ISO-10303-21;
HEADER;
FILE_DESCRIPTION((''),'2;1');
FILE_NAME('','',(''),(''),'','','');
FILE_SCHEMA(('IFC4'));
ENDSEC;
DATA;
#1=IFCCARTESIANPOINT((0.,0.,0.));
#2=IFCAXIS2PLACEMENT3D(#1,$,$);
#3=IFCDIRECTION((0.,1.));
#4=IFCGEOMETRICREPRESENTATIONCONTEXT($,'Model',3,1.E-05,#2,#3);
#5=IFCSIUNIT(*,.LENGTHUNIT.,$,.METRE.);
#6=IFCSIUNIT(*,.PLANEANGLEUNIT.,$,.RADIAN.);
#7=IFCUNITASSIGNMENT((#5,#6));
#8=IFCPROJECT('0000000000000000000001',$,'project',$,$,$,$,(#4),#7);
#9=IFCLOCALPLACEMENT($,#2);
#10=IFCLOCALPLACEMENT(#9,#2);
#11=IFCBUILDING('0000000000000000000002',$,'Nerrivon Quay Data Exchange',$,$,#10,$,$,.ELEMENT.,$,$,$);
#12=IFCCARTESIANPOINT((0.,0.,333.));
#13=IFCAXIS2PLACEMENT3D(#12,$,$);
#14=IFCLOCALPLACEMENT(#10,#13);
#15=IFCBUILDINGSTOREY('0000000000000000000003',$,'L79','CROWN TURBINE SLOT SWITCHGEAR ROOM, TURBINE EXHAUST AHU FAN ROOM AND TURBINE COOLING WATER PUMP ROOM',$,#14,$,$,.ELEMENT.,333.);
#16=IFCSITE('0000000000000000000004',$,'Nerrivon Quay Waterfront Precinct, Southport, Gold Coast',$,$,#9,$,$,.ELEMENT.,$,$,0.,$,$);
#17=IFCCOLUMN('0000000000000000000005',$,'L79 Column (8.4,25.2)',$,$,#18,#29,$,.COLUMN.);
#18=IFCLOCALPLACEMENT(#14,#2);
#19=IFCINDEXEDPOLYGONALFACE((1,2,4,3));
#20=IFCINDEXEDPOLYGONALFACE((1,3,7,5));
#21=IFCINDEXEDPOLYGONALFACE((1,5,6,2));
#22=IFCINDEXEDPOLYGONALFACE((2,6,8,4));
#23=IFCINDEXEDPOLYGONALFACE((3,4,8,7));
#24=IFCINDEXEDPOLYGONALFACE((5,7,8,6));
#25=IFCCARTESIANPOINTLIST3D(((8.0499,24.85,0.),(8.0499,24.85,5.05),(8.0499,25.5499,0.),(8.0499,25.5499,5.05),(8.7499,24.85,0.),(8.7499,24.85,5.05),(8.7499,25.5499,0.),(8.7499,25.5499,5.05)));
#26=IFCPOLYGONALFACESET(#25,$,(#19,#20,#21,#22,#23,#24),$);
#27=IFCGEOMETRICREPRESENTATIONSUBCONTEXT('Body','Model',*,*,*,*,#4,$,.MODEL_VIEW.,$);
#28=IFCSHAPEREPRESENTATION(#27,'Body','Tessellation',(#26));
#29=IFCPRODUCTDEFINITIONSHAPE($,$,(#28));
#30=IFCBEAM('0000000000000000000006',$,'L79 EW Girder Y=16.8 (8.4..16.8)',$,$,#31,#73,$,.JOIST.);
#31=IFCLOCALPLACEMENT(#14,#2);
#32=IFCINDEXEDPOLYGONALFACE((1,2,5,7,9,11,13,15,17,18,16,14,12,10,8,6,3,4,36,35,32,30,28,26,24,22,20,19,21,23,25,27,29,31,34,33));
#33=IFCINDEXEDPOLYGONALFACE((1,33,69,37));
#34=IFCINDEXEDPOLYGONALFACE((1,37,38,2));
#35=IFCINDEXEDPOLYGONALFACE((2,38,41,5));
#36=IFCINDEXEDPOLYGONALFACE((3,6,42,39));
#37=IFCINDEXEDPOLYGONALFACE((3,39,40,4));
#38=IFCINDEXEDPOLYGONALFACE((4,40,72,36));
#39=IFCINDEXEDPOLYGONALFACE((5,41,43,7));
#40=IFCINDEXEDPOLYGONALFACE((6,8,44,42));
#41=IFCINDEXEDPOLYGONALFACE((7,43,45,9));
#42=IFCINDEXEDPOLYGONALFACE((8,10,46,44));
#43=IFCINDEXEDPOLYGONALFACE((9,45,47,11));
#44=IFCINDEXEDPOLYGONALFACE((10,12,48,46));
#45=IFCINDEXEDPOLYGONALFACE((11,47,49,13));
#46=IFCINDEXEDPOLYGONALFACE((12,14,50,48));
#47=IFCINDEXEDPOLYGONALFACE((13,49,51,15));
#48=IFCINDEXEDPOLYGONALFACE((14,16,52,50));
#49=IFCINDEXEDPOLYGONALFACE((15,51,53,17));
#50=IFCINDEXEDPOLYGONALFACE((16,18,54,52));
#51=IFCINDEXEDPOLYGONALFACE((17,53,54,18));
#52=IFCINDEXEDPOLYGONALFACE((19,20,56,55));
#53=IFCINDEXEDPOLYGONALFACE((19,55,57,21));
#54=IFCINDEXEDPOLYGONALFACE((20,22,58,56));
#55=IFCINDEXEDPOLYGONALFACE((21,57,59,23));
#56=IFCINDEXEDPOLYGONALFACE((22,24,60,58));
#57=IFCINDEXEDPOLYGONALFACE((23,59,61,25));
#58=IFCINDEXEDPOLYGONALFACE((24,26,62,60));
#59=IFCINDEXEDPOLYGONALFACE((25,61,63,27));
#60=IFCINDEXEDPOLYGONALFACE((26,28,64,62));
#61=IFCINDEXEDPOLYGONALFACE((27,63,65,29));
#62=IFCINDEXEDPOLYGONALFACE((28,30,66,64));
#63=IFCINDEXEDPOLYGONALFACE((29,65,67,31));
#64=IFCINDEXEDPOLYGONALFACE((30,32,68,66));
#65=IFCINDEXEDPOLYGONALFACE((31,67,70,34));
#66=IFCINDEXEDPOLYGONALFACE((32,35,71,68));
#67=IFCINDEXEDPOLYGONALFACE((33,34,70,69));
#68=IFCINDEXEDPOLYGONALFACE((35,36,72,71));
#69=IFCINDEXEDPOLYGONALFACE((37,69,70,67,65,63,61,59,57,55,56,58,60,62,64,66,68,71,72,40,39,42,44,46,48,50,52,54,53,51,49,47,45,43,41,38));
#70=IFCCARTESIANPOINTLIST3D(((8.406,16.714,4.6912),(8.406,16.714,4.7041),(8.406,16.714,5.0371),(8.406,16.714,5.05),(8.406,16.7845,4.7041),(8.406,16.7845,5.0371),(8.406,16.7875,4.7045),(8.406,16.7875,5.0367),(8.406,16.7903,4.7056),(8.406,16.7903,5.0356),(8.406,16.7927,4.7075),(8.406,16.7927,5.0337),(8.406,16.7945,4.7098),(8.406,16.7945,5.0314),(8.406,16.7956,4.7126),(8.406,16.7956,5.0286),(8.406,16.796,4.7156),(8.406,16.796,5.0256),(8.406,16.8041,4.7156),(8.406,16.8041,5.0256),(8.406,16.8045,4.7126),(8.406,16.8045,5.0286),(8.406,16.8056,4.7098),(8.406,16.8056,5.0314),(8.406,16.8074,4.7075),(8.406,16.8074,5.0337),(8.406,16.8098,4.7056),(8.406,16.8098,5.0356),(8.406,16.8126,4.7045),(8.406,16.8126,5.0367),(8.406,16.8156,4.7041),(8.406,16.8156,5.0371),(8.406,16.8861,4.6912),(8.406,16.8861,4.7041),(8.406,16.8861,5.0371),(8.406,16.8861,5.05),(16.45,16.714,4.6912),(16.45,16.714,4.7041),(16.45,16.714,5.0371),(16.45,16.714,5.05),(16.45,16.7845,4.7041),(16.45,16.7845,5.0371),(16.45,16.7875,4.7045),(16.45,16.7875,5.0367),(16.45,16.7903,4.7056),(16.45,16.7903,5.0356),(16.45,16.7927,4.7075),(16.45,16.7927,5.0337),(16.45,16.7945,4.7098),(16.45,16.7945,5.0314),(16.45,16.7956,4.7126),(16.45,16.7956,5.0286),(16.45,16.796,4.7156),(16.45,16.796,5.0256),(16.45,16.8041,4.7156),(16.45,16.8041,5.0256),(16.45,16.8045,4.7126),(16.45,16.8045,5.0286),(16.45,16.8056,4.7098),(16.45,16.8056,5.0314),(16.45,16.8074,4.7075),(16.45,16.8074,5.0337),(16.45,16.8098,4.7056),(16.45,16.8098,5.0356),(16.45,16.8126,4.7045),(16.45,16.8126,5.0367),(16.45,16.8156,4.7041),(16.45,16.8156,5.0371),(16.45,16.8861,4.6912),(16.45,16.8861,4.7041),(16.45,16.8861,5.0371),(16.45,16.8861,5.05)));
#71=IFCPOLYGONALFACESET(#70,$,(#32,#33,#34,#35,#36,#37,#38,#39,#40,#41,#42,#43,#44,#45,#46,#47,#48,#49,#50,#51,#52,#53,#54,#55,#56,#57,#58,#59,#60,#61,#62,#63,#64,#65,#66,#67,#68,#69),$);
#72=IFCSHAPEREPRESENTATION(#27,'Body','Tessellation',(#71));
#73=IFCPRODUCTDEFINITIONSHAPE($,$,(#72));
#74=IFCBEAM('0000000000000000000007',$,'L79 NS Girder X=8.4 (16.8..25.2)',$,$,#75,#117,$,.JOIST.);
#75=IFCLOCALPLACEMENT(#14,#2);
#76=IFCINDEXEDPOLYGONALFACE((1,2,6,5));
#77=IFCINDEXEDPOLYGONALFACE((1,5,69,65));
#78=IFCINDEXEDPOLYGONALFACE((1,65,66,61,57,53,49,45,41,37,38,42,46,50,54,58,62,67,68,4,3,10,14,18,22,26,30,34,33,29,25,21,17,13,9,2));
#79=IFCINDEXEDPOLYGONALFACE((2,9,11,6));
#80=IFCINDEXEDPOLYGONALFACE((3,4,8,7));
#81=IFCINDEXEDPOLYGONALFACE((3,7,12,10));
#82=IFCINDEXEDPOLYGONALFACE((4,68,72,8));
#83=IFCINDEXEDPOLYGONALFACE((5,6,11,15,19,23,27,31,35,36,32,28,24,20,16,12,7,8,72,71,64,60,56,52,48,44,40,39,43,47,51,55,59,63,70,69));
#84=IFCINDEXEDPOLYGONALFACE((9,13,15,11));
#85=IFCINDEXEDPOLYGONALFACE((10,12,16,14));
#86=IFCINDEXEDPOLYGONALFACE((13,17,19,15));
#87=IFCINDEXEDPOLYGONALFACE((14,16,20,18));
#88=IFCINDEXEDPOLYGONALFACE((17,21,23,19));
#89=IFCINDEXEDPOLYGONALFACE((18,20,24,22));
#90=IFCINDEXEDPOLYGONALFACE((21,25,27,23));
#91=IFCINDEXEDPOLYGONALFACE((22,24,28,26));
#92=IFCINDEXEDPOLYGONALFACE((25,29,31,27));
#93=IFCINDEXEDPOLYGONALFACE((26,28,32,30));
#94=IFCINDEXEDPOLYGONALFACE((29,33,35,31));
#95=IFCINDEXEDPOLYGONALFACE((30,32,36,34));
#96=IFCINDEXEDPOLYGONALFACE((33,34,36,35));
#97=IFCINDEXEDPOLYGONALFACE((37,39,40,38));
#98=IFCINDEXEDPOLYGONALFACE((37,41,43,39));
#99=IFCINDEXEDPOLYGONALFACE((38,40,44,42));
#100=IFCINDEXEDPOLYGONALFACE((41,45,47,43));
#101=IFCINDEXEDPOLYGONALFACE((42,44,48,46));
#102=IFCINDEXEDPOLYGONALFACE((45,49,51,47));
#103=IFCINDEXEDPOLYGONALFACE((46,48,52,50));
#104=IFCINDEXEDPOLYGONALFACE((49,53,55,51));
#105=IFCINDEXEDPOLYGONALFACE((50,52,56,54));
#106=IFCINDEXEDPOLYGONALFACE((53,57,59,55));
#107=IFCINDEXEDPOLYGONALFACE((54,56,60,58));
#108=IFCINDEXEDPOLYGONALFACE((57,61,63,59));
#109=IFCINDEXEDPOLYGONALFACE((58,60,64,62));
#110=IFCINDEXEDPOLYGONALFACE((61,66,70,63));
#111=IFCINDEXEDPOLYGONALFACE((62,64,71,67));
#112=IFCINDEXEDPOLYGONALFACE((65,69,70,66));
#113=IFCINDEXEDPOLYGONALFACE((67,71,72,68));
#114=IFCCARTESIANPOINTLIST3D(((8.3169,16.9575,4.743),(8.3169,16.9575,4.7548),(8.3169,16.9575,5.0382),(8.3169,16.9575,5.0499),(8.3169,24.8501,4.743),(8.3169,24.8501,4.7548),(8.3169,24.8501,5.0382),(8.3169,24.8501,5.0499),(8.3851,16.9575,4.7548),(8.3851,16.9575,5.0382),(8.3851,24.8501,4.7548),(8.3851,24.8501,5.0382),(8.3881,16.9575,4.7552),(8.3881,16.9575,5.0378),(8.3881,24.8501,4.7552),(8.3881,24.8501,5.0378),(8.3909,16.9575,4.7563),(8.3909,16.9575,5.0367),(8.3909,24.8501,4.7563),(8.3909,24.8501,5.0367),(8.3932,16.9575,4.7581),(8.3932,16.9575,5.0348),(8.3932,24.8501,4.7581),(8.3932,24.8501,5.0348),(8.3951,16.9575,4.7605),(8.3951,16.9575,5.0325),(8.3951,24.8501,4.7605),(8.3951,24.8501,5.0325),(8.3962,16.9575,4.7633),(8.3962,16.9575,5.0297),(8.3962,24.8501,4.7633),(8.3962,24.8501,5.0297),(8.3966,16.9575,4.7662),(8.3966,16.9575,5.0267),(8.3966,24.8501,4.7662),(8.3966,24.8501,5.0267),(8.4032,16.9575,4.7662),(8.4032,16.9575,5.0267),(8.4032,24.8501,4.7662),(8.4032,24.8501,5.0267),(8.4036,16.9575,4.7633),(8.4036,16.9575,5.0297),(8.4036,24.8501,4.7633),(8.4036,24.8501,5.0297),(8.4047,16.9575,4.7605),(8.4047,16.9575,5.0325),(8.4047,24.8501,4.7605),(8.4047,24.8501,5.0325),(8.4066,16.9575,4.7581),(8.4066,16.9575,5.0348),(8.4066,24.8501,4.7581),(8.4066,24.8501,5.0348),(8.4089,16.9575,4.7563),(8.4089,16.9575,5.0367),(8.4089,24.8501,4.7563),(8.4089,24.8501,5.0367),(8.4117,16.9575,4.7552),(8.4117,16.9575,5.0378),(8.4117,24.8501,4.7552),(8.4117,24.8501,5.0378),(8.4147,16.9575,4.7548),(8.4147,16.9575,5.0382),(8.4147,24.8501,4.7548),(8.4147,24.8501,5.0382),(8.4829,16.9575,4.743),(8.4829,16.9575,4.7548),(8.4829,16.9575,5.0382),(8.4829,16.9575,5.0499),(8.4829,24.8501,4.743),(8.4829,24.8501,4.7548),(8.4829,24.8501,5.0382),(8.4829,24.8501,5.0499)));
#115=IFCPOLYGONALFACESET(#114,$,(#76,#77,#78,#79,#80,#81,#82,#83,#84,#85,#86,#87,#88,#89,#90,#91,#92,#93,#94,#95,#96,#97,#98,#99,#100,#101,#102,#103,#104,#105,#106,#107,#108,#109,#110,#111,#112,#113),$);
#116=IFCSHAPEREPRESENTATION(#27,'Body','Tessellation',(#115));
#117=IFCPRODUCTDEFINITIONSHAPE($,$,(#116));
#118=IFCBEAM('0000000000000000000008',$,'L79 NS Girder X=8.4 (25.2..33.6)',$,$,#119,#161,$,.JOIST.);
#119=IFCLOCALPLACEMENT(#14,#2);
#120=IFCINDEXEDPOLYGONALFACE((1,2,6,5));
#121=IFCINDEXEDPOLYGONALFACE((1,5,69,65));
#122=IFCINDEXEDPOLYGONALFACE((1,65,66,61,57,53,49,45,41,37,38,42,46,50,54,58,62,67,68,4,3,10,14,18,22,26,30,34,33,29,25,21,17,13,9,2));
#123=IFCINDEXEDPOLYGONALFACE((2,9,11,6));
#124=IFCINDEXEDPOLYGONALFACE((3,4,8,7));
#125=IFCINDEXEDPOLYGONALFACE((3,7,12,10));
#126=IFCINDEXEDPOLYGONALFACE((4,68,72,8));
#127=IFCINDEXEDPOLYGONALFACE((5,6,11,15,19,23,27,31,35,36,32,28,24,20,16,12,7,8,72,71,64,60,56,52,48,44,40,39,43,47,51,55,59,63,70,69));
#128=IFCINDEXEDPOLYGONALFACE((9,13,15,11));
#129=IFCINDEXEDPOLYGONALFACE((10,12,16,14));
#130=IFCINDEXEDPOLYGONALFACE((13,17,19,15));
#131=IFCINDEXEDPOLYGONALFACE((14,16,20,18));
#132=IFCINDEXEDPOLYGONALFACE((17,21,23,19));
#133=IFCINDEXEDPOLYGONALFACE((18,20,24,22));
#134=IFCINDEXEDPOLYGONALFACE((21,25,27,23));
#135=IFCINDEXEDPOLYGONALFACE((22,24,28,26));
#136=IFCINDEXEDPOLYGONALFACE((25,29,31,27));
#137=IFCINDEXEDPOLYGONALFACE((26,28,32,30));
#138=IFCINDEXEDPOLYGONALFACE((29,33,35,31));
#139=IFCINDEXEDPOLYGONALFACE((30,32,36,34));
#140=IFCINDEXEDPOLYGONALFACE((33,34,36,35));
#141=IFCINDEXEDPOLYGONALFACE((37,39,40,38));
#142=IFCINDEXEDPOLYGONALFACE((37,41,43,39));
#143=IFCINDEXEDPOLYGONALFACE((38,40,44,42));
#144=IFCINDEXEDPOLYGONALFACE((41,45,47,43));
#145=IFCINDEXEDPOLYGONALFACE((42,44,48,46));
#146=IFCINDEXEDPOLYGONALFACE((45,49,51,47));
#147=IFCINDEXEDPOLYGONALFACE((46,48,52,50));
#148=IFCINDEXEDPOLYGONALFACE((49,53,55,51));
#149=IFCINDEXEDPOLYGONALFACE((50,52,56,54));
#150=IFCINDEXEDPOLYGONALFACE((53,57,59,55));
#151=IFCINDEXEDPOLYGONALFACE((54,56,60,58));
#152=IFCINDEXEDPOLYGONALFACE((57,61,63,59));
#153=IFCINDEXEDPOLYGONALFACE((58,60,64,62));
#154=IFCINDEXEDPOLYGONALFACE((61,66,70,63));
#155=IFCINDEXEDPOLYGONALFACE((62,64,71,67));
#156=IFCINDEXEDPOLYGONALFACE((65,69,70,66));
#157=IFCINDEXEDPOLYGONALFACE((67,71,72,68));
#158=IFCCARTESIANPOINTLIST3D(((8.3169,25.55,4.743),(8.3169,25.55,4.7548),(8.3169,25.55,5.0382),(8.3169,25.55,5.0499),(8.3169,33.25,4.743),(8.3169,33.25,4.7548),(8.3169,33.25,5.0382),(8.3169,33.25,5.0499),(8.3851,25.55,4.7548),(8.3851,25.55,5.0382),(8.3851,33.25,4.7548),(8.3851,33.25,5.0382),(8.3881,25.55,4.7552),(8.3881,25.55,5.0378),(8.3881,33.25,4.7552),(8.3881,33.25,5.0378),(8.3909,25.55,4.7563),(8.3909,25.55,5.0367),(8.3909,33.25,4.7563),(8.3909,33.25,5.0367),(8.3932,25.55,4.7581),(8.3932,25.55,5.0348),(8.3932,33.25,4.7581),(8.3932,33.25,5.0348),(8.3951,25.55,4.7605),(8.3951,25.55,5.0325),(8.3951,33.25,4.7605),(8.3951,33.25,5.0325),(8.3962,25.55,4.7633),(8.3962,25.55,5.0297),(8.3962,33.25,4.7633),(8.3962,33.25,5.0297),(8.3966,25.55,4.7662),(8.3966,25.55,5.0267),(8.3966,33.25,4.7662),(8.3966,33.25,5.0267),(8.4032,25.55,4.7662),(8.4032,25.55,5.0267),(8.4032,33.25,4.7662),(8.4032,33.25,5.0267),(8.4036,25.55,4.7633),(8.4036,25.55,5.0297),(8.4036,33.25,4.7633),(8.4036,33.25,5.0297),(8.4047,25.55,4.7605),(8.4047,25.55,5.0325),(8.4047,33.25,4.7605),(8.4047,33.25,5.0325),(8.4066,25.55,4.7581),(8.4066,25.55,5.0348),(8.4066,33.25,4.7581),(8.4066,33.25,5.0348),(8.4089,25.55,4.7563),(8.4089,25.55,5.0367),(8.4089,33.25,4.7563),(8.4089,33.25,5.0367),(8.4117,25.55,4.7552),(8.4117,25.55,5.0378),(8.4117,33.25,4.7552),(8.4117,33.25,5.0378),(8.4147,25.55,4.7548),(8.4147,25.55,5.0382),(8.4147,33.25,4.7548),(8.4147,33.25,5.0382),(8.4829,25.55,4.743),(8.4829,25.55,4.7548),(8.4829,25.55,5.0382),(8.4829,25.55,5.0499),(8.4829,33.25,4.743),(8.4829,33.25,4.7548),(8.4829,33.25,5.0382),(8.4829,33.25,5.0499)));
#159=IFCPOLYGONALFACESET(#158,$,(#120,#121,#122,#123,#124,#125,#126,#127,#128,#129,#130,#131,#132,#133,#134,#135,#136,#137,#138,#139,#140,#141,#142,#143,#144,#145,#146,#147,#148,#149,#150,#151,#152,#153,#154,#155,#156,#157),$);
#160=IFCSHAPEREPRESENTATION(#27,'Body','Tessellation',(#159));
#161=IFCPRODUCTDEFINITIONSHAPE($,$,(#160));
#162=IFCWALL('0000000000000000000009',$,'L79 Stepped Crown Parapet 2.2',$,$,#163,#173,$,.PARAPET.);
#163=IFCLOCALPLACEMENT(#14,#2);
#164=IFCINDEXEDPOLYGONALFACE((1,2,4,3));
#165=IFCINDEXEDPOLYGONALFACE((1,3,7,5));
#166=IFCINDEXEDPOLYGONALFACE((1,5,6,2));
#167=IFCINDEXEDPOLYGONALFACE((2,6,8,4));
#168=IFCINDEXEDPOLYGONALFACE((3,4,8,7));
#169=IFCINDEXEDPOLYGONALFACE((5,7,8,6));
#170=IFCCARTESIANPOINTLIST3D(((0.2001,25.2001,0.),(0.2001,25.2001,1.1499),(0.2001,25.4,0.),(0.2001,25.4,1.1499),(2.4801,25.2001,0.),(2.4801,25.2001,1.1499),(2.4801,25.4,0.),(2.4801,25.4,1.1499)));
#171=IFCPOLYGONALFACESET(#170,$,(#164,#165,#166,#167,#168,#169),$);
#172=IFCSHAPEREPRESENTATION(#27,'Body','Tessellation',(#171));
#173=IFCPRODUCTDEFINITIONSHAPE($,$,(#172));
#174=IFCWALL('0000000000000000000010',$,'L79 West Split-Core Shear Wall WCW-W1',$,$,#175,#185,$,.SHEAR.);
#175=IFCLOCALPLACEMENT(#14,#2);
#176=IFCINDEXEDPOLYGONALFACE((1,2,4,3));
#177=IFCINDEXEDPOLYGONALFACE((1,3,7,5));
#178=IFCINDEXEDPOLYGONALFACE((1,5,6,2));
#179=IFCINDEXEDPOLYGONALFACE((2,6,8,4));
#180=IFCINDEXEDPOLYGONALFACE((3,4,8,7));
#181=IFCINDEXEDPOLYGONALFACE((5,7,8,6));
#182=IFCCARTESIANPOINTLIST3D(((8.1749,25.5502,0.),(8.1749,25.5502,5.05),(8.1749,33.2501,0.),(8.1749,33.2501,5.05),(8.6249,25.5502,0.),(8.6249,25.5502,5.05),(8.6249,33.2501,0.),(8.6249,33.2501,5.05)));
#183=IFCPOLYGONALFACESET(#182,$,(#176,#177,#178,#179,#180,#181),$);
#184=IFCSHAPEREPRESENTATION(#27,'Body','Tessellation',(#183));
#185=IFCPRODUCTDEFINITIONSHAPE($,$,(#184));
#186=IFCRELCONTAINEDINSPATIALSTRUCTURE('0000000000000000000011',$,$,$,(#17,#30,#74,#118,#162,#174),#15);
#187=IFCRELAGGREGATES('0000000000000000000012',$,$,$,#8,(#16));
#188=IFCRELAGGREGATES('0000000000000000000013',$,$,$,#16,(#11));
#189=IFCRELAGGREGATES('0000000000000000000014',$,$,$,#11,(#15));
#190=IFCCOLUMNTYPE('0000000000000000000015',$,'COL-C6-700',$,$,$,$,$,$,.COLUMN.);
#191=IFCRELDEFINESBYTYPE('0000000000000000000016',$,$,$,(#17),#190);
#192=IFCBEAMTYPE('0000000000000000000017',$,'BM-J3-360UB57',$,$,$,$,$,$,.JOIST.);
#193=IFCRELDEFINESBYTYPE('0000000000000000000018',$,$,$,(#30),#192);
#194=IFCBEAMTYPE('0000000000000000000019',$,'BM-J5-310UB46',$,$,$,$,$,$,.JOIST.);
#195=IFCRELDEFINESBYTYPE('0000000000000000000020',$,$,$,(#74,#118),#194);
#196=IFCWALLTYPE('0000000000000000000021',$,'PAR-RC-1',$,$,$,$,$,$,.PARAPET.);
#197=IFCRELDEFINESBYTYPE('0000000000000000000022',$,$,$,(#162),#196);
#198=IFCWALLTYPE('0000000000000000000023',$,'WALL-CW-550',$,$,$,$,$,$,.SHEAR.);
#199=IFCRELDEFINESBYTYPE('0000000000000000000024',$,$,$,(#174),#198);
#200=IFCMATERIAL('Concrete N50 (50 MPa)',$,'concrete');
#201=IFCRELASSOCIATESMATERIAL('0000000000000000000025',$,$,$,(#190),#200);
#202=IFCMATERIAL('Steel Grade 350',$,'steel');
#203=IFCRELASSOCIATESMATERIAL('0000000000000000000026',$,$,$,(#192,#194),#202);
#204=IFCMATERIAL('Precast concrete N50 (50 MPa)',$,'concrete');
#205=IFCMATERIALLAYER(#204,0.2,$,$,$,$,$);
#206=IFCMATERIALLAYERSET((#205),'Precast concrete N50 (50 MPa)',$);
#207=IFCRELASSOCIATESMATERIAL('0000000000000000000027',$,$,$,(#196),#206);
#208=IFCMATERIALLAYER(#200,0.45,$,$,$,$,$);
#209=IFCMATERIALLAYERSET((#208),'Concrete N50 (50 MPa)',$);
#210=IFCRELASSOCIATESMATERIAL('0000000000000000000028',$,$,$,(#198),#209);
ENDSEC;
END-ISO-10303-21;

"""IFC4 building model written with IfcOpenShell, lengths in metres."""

from ifc_helpers import new_model, si_unit, direction, frame, frame_2d, origin, origin_2d, place, context, subcontext, project, spatial, rectangle, i_section, extrude, material, layer, layer_set, material_profile, profile_set, type_object, element, save


model = new_model("IFC4")

# Units and contexts
model_context = context("Model", 3, precision=1e-05, world=origin(), true_north=direction((0.0, 1.0)))
body_context = subcontext(model_context, "Body", "Model", "MODEL_VIEW")
ifc_project = project(units=[si_unit("LENGTHUNIT", "METRE"), si_unit("PLANEANGLEUNIT", "RADIAN")], contexts=[model_context])

# Site, building, storey
site_placement = place(None, origin())
site = spatial("IfcSite", under=ifc_project, at=site_placement, Name="Nerrivon Quay Waterfront Precinct, Southport, Gold Coast", CompositionType="ELEMENT", RefElevation=0.0)
building_placement = place(site_placement, origin())
building = spatial("IfcBuilding", under=site, at=building_placement, Name="Nerrivon Quay Data Exchange", CompositionType="ELEMENT")
storey_placement = place(building_placement, frame((0.0, 0.0, 333.0)))
storey = spatial("IfcBuildingStorey", under=building, at=storey_placement, Name="L79", Description="CROWN TURBINE SLOT SWITCHGEAR ROOM, TURBINE EXHAUST AHU FAN ROOM AND TURBINE COOLING WATER PUMP ROOM", CompositionType="ELEMENT", Elevation=333.0)

# Column
ifc_material_1 = material(Name="Concrete N50 (50 MPa)", Category="concrete")
ifc_material_profile_1 = material_profile(ifc_material_1, rectangle(XDim=0.7, YDim=0.7, at=origin_2d()), Name="RC-COL-700x700")
ifc_profile_set_1 = profile_set([ifc_material_profile_1], Name="Concrete N50 (50 MPa)")
column_type = type_object("IfcColumnType", Name="COL-C6-700", PredefinedType="COLUMN", material=ifc_profile_set_1)
column_placement = place(storey_placement, frame((8.3999, 25.2, 0.0), z_axis=(0.0, 0.0, 1.0), x_axis=(1.0, 0.0, 0.0)))
element("IfcColumn", 1, at=column_placement, inside=storey, type_object=column_type, Name="L79 Column (8.4,25.2)", PredefinedType="COLUMN", context=body_context, shape_type="SweptSolid", body=[
    extrude(rectangle(XDim=0.7, YDim=0.7, at=origin_2d()), origin(), (0.0, 0.0, 1.0), 5.05),
])

# Beams
ifc_material_2 = material(Name="Steel Grade 350", Category="steel")
ifc_material_profile_2 = material_profile(ifc_material_2, i_section(OverallWidth=0.1721, OverallDepth=0.3589, WebThickness=0.0081, FlangeThickness=0.0129, FilletRadius=0.0115, at=origin_2d()), Name="360UB56.7")
ifc_profile_set_2 = profile_set([ifc_material_profile_2], Name="Steel Grade 350")
beam_type_1 = type_object("IfcBeamType", Name="BM-J3-360UB57", PredefinedType="JOIST", material=ifc_profile_set_2)
beam_1_placement = place(storey_placement, frame((8.406, 16.8, 4.8706), z_axis=(1.0, 0.0, 0.0), x_axis=(0.0, 1.0, 0.0)))
element("IfcBeam", 2, at=beam_1_placement, inside=storey, type_object=beam_type_1, Name="L79 EW Girder Y=16.8 (8.4..16.8)", PredefinedType="JOIST", context=body_context, shape_type="SweptSolid", body=[
    extrude(i_section(OverallWidth=0.1721, OverallDepth=0.3589, WebThickness=0.0081, FlangeThickness=0.0129, FilletRadius=0.0115, at=origin_2d()), origin(), (0.0, 0.0, 1.0), 8.0439),
])
ifc_material_profile_3 = material_profile(ifc_material_2, i_section(OverallWidth=0.166, OverallDepth=0.3069, WebThickness=0.0066, FlangeThickness=0.0117, FilletRadius=0.0115, at=origin_2d()), Name="310UB46.2")
ifc_profile_set_3 = profile_set([ifc_material_profile_3], Name="Steel Grade 350")
beam_type_2 = type_object("IfcBeamType", Name="BM-J5-310UB46", PredefinedType="JOIST", material=ifc_profile_set_3)
beam_2_placement = place(storey_placement, frame((8.3999, 16.9575, 4.8965), z_axis=(0.0, 1.0, 0.0), x_axis=(-1.0, 0.0, 0.0)))
element("IfcBeam", 3, at=beam_2_placement, inside=storey, type_object=beam_type_2, Name="L79 NS Girder X=8.4 (16.8..25.2)", PredefinedType="JOIST", context=body_context, shape_type="SweptSolid", body=[
    extrude(i_section(OverallWidth=0.166, OverallDepth=0.3069, WebThickness=0.0066, FlangeThickness=0.0117, FilletRadius=0.0115, at=origin_2d()), origin(), (0.0, 0.0, 1.0), 7.8926),
])
beam_3_placement = place(storey_placement, frame((8.3999, 25.55, 4.8965), z_axis=(0.0, 1.0, 0.0), x_axis=(-1.0, 0.0, 0.0)))
element("IfcBeam", 4, at=beam_3_placement, inside=storey, type_object=beam_type_2, Name="L79 NS Girder X=8.4 (25.2..33.6)", PredefinedType="JOIST", context=body_context, shape_type="SweptSolid", body=[
    extrude(i_section(OverallWidth=0.166, OverallDepth=0.3069, WebThickness=0.0066, FlangeThickness=0.0117, FilletRadius=0.0115, at=origin_2d()), origin(), (0.0, 0.0, 1.0), 7.7),
])

# Walls
ifc_material_3 = material(Name="Precast concrete N50 (50 MPa)", Category="concrete")
ifc_layer_1 = layer(ifc_material_3, 0.2)
ifc_layer_set_1 = layer_set([ifc_layer_1], Name="Precast concrete N50 (50 MPa)")
wall_type_1 = type_object("IfcWallType", Name="PAR-RC-1", PredefinedType="PARAPET", material=ifc_layer_set_1)
wall_1_placement = place(storey_placement, frame((0.2, 25.3, 0.0), z_axis=(0.0, 0.0, 1.0), x_axis=(1.0, 0.0, 0.0)))
element("IfcWall", 5, at=wall_1_placement, inside=storey, type_object=wall_type_1, Name="L79 Stepped Crown Parapet 2.2", PredefinedType="PARAPET", context=body_context, shape_type="SweptSolid", body=[
    extrude(rectangle(XDim=2.28, YDim=0.2, at=frame_2d((1.1401, 0.0))), origin(), (0.0, 0.0, 1.0), 1.1499),
])
ifc_layer_2 = layer(ifc_material_1, 0.45)
ifc_layer_set_2 = layer_set([ifc_layer_2], Name="Concrete N50 (50 MPa)")
wall_type_2 = type_object("IfcWallType", Name="WALL-CW-550", PredefinedType="SHEAR", material=ifc_layer_set_2)
wall_2_placement = place(storey_placement, frame((8.3999, 25.55, 0.0), z_axis=(0.0, 0.0, 1.0), x_axis=(0.0, 1.0, 0.0)))
element("IfcWall", 6, at=wall_2_placement, inside=storey, type_object=wall_type_2, Name="L79 West Split-Core Shear Wall WCW-W1", PredefinedType="SHEAR", context=body_context, shape_type="SweptSolid", body=[
    extrude(rectangle(XDim=7.7, YDim=0.45, at=frame_2d((3.8501, 0.0))), origin(), (0.0, 0.0, 1.0), 5.05),
])

save(model, "model.ifc")
